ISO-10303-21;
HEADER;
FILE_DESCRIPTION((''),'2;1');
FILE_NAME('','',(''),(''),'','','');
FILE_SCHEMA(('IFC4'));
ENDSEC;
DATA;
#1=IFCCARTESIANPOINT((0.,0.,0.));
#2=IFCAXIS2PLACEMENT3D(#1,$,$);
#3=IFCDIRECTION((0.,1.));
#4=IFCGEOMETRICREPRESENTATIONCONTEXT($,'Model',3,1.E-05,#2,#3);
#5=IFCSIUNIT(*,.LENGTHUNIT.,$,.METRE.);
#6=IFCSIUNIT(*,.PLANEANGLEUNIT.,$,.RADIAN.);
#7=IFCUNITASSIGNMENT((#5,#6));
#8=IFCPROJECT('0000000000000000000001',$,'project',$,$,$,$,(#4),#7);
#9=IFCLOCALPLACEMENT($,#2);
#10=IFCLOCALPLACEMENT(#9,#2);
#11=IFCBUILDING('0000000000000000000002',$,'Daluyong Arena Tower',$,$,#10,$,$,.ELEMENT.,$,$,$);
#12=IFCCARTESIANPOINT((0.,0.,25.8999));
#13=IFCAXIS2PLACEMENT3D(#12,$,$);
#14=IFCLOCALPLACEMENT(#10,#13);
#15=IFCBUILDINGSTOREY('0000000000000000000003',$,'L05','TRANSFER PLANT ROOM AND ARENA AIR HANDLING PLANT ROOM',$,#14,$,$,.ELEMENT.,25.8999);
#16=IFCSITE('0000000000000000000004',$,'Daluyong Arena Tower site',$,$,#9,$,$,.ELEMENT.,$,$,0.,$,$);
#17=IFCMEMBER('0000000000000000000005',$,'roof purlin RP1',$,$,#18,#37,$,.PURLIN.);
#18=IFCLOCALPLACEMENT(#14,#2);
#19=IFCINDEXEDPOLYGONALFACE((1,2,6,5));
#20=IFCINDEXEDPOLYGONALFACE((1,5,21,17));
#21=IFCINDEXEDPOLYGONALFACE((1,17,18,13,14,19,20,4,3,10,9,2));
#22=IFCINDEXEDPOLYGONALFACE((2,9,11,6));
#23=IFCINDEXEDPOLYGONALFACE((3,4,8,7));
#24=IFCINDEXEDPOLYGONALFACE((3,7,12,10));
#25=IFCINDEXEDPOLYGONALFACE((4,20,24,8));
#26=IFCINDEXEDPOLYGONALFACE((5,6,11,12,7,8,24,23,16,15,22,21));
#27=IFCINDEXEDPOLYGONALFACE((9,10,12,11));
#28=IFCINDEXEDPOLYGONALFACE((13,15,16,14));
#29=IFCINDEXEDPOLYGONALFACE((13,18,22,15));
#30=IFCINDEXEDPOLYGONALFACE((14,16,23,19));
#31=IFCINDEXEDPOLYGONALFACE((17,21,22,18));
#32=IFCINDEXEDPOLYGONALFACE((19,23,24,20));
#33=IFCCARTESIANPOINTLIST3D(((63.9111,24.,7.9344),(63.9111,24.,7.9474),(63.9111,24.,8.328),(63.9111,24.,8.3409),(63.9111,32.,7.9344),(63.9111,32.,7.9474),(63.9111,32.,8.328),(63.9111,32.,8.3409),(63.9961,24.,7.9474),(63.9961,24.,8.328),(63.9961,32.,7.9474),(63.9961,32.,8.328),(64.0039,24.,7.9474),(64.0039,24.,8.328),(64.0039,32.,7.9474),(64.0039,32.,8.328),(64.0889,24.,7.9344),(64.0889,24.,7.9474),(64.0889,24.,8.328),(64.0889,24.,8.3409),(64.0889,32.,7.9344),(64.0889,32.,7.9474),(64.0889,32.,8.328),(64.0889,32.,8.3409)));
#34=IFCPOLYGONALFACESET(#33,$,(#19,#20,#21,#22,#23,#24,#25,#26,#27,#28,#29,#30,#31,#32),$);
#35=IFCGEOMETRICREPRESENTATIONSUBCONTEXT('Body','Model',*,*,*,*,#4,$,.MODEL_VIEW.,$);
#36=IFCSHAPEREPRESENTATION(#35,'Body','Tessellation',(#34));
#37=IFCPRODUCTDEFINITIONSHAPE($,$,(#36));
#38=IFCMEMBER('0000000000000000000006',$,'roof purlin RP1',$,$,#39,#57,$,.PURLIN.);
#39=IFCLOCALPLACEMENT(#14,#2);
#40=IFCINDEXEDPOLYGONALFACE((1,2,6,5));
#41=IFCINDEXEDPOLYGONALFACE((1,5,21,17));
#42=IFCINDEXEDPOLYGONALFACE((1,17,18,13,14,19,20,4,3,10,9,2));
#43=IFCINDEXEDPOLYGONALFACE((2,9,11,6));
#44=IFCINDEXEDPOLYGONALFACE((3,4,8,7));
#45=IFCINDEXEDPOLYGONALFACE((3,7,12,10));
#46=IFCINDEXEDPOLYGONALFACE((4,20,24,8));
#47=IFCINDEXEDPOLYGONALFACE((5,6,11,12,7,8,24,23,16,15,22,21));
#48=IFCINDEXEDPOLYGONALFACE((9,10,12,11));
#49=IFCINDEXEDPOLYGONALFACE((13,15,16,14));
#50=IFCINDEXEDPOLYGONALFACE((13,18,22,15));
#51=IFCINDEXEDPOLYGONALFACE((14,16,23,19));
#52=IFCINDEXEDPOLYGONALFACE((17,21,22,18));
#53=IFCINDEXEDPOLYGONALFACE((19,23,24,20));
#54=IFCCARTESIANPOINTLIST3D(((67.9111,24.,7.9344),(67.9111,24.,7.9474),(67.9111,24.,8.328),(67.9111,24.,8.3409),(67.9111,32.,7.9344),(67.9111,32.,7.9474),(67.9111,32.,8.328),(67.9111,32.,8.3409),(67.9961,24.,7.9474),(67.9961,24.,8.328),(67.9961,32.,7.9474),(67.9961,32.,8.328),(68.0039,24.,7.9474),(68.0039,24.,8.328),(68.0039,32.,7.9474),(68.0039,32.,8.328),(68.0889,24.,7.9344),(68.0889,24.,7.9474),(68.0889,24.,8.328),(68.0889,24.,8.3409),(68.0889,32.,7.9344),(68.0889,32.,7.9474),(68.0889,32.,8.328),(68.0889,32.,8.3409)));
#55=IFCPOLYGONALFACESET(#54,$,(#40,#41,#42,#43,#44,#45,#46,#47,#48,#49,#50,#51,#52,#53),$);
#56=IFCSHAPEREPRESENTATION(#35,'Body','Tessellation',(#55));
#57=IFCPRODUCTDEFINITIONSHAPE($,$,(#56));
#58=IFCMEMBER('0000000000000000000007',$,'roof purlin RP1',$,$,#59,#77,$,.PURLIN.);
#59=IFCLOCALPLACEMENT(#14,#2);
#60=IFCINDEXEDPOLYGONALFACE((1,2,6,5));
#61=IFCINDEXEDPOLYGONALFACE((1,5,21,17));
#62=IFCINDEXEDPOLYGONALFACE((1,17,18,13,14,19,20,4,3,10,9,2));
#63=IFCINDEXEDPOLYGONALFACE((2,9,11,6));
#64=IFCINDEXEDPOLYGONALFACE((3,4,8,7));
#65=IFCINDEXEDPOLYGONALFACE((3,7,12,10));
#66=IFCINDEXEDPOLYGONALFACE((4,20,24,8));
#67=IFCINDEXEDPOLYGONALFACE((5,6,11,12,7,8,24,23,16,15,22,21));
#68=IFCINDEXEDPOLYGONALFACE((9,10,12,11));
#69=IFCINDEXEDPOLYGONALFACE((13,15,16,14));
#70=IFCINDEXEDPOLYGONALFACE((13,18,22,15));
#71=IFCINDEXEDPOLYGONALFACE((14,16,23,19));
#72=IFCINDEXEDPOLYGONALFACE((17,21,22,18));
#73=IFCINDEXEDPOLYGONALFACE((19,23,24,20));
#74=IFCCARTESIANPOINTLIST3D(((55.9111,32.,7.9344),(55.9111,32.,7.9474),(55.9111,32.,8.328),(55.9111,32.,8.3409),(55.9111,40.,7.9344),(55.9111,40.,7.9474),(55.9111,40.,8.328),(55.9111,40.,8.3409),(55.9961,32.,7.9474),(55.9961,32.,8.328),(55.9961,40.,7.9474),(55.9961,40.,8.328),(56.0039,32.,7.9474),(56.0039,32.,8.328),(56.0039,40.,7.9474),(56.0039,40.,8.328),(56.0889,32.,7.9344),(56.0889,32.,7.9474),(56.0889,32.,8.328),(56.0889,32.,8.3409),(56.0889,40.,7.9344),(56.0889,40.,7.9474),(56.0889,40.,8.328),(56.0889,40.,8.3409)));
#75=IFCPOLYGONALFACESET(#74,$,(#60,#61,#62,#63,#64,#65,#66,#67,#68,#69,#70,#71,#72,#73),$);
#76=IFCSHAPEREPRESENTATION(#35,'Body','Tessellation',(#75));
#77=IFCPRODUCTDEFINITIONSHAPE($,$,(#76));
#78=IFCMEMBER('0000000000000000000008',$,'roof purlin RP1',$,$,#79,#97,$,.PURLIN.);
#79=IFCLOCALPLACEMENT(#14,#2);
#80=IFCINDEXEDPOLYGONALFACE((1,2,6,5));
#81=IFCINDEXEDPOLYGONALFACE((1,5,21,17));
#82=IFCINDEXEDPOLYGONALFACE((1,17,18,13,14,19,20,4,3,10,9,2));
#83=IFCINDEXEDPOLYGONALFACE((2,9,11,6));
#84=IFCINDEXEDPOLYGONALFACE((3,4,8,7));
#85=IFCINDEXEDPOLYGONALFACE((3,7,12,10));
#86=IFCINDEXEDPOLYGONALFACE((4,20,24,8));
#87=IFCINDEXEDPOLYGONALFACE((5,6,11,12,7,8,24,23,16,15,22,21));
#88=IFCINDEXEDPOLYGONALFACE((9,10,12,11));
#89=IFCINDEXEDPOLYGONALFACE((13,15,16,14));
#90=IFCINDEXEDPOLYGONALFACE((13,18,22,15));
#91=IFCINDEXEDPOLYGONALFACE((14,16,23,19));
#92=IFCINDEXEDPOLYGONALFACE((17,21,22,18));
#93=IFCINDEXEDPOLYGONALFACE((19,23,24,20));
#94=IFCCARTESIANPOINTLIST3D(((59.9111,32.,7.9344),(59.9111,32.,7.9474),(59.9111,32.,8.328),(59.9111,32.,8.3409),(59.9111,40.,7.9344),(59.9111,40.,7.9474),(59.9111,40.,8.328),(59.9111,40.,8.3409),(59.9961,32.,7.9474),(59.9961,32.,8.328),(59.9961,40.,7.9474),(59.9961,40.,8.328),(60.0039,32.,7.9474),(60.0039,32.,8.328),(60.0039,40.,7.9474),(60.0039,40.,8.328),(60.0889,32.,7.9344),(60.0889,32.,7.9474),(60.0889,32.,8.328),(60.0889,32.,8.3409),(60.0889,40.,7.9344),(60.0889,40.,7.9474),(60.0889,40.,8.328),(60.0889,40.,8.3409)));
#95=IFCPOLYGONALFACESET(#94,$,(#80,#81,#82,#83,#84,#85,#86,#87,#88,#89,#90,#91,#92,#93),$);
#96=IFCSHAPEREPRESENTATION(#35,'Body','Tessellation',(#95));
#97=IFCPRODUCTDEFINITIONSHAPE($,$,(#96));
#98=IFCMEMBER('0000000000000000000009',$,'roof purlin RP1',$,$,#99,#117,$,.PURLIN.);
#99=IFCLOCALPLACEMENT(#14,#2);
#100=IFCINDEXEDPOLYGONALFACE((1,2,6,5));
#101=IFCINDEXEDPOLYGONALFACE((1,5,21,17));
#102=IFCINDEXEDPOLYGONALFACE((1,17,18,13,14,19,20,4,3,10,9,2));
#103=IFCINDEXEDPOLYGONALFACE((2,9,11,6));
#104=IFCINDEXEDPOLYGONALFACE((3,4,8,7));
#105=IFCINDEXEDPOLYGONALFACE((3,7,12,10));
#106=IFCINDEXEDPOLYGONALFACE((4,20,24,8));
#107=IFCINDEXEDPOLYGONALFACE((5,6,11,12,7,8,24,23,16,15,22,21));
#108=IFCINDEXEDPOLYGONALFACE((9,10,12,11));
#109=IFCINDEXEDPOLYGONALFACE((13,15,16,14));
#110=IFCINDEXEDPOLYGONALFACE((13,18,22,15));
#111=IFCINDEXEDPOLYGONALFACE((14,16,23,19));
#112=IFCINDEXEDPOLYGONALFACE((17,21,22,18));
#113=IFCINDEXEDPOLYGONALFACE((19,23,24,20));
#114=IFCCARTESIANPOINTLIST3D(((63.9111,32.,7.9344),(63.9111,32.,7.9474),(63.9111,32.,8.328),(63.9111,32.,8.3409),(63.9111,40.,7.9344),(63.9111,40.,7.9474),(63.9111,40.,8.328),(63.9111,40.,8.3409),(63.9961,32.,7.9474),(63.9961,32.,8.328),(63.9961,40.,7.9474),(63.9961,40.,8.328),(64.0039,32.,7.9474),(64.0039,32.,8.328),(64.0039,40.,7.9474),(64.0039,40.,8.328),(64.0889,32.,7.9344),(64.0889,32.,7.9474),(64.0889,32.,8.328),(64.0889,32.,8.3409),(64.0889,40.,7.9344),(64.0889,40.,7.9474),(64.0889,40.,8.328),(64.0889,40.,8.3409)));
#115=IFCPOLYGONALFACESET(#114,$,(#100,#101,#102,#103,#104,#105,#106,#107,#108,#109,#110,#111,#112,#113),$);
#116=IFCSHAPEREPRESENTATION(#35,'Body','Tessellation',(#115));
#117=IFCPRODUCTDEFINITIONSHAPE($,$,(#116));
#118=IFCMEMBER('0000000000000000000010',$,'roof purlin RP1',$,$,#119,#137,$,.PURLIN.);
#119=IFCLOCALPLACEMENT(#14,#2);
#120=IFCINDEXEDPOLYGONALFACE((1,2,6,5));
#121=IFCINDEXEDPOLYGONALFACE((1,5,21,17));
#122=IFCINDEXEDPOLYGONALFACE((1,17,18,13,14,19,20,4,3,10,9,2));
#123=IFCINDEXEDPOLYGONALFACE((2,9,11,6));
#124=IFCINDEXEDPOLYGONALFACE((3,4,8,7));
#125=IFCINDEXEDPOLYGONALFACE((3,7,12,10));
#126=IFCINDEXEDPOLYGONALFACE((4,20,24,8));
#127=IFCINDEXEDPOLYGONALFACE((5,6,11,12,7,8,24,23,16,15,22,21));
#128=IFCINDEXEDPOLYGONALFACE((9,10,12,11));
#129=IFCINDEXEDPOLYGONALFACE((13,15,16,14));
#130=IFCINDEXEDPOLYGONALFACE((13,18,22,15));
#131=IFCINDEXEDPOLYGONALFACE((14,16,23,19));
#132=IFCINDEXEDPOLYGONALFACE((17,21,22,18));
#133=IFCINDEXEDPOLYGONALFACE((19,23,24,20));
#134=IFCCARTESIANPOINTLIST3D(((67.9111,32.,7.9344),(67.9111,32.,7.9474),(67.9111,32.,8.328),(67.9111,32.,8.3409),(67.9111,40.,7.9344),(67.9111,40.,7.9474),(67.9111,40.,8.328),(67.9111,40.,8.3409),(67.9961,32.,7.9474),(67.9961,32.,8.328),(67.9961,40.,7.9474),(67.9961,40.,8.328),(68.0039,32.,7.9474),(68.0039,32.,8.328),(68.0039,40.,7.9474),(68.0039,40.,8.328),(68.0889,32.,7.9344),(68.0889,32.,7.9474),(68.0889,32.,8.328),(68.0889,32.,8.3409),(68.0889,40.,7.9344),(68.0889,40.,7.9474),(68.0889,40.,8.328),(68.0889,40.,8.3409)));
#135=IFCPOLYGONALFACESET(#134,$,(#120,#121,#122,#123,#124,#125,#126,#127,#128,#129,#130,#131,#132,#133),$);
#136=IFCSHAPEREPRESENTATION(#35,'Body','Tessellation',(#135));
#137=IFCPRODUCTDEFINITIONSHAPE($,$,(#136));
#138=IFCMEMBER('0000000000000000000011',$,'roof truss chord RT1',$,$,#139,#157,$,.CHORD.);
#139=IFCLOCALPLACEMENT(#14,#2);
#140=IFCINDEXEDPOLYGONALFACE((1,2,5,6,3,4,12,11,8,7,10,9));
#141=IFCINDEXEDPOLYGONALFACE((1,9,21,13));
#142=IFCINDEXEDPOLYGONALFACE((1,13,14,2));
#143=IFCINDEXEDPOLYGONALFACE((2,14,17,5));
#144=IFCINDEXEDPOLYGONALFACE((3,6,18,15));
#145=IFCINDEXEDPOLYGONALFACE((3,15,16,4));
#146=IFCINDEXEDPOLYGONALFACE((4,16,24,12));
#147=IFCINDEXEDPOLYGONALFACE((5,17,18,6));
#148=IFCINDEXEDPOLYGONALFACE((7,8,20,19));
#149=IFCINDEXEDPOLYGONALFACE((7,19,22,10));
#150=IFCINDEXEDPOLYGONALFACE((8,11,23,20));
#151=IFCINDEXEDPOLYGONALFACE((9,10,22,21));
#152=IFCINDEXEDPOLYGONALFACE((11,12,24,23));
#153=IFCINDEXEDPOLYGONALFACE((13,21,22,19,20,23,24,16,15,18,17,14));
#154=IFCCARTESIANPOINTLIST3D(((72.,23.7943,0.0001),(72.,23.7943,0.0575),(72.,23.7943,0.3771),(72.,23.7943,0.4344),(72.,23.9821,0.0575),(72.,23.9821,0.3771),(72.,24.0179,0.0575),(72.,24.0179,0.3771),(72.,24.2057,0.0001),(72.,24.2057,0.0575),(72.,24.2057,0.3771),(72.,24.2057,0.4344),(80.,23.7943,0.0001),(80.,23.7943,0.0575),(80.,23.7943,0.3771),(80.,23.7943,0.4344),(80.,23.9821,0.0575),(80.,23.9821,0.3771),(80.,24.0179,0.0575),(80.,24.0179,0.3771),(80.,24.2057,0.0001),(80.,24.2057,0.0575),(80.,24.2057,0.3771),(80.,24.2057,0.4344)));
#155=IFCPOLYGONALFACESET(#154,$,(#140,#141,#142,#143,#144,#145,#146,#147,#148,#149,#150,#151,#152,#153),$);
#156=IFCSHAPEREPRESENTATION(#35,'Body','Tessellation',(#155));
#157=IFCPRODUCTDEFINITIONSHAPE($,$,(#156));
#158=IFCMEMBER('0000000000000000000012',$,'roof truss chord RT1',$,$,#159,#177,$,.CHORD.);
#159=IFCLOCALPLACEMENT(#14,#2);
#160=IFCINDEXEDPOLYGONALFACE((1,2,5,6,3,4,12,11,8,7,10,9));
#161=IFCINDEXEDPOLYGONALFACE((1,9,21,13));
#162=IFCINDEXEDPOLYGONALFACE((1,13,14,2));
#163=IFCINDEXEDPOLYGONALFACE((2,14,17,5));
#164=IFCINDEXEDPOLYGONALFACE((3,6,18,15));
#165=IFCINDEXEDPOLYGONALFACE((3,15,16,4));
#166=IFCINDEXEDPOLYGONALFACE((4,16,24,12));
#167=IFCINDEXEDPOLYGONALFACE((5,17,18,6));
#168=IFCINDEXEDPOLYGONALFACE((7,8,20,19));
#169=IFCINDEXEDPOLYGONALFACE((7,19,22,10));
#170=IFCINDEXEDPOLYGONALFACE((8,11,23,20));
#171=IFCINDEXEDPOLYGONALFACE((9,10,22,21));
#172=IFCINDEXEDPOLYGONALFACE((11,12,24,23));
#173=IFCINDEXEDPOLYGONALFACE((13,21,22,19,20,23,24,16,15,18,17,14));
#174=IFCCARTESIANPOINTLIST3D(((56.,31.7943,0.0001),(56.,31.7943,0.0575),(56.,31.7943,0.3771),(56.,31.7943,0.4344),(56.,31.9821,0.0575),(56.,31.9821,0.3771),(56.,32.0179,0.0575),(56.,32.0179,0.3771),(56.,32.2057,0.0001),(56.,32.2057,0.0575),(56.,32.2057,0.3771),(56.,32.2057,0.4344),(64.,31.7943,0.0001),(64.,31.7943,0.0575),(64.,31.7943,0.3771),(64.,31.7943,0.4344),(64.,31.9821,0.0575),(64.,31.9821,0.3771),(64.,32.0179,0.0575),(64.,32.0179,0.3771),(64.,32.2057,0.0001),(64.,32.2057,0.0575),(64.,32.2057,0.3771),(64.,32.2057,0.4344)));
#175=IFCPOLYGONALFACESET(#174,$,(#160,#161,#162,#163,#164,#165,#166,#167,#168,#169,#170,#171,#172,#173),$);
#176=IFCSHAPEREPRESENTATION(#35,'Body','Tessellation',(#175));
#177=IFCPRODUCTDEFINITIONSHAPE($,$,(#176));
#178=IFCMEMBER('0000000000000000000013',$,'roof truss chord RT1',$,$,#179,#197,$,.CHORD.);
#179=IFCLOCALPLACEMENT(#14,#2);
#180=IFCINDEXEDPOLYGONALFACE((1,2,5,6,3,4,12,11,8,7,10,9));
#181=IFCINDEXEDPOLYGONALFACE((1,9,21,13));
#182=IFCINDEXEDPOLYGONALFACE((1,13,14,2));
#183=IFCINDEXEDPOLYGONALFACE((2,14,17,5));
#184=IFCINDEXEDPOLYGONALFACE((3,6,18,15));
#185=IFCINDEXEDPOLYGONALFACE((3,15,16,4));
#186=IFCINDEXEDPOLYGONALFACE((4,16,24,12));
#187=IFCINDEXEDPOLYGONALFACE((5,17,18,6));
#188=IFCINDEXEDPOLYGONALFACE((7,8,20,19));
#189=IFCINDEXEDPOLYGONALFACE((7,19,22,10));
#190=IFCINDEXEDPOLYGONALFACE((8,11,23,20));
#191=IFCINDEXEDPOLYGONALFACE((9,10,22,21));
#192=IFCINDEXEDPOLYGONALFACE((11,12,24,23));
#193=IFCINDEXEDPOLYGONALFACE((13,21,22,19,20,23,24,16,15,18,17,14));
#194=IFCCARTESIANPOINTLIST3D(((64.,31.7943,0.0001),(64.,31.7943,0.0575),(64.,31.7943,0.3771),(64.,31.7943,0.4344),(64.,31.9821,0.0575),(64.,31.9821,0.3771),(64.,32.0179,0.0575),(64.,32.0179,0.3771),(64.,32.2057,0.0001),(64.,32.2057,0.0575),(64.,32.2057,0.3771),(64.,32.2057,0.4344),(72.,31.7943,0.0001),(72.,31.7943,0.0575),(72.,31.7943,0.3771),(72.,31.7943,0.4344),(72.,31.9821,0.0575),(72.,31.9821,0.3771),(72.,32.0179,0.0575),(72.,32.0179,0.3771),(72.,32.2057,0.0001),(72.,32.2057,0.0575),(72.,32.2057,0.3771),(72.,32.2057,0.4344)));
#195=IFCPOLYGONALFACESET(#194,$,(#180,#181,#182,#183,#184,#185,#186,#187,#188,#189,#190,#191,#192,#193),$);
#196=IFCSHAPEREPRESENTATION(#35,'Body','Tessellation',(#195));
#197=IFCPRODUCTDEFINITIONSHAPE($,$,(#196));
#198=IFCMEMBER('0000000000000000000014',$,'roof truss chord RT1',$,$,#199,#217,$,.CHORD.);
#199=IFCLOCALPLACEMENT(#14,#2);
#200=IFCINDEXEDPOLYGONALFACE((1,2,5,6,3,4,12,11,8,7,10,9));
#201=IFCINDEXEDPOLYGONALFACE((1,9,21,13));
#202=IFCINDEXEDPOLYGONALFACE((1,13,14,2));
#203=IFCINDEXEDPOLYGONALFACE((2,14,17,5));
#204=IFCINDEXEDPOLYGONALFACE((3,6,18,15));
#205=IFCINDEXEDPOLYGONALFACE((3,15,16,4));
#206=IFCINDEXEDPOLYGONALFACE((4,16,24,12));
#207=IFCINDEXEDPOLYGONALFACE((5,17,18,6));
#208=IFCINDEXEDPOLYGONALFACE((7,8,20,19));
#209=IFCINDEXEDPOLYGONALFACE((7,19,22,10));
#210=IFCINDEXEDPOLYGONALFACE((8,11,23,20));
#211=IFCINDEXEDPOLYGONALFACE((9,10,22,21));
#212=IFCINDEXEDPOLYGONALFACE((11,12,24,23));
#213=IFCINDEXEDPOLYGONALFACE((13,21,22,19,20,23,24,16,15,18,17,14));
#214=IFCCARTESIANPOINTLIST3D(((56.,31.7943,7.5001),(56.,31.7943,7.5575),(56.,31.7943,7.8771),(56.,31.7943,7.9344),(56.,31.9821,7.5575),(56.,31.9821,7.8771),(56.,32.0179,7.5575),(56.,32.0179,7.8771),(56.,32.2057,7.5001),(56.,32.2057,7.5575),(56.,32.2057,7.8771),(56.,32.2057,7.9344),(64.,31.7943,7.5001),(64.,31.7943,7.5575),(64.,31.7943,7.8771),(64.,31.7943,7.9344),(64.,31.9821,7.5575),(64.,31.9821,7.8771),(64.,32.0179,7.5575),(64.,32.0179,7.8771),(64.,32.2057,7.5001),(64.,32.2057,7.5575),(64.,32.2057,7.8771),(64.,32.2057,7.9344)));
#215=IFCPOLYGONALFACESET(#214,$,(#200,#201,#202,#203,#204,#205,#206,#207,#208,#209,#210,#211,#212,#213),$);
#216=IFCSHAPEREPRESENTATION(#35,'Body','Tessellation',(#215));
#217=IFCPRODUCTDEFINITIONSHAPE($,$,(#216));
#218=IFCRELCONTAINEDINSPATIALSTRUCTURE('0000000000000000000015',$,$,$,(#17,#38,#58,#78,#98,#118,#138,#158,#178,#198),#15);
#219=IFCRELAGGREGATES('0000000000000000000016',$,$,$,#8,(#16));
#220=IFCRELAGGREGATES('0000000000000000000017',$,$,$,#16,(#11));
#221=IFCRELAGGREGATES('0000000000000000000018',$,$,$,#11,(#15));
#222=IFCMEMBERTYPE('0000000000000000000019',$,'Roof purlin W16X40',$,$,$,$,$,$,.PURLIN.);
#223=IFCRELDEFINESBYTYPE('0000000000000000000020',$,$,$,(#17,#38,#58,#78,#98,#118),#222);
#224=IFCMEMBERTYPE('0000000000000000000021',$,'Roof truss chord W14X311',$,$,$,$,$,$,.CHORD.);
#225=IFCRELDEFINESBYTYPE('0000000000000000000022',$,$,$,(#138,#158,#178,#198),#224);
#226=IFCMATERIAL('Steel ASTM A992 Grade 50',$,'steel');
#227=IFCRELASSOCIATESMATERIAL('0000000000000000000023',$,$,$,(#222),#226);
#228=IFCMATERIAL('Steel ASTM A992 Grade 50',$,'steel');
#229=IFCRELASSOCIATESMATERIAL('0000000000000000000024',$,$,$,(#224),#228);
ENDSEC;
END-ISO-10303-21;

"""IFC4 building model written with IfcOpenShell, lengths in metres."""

from ifc_helpers import new_model, si_unit, direction, frame, origin, origin_2d, place, context, subcontext, project, spatial, i_section, extrude, material, material_profile, profile_set, type_object, element, save


model = new_model("IFC4")

# Units and contexts
model_context = context("Model", 3, precision=1e-05, world=origin(), true_north=direction((0.0, 1.0)))
body_context = subcontext(model_context, "Body", "Model", "MODEL_VIEW")
ifc_project = project(units=[si_unit("LENGTHUNIT", "METRE"), si_unit("PLANEANGLEUNIT", "RADIAN")], contexts=[model_context])

# Site, building, storey
site_placement = place(None, origin())
site = spatial("IfcSite", under=ifc_project, at=site_placement, Name="Daluyong Arena Tower site", CompositionType="ELEMENT", RefElevation=0.0)
building_placement = place(site_placement, origin())
building = spatial("IfcBuilding", under=site, at=building_placement, Name="Daluyong Arena Tower", CompositionType="ELEMENT")
storey_placement = place(building_placement, frame((0.0, 0.0, 25.8999)))
storey = spatial("IfcBuildingStorey", under=building, at=storey_placement, Name="L05", Description="TRANSFER PLANT ROOM AND ARENA AIR HANDLING PLANT ROOM", CompositionType="ELEMENT", Elevation=25.8999)

# Members
ifc_material_1 = material(Name="Steel ASTM A992 Grade 50", Category="steel")
ifc_material_profile_1 = material_profile(ifc_material_1, i_section(OverallWidth=0.1777, OverallDepth=0.4065, WebThickness=0.0078, FlangeThickness=0.0129, at=origin_2d()))
ifc_profile_set_1 = profile_set([ifc_material_profile_1], Name="Steel ASTM A992 Grade 50")
member_type_1 = type_object("IfcMemberType", Name="Roof purlin W16X40", PredefinedType="PURLIN", material=ifc_profile_set_1)
for number, where, z_axis, x_axis, name in (
    (1, (64.0, 24.0, 8.1377), (0.0, 1.0, 0.0), (-1.0, 0.0, 0.0), "roof purlin RP1"),
    (2, (68.0, 24.0, 8.1377), (0.0, 1.0, 0.0), (-1.0, 0.0, 0.0), "roof purlin RP1"),
    (3, (56.0, 32.0, 8.1377), (0.0, 1.0, 0.0), (-1.0, 0.0, 0.0), "roof purlin RP1"),
    (4, (60.0, 32.0, 8.1377), (0.0, 1.0, 0.0), (-1.0, 0.0, 0.0), "roof purlin RP1"),
    (5, (64.0, 32.0, 8.1377), (0.0, 1.0, 0.0), (-1.0, 0.0, 0.0), "roof purlin RP1"),
    (6, (68.0, 32.0, 8.1377), (0.0, 1.0, 0.0), (-1.0, 0.0, 0.0), "roof purlin RP1"),
):
    element("IfcMember", number, at=place(storey_placement, frame(where, z_axis=z_axis, x_axis=x_axis)), inside=storey, type_object=member_type_1, Name=name, PredefinedType="PURLIN", context=body_context, shape_type="SweptSolid", body=[
        extrude(i_section(OverallWidth=0.1777, OverallDepth=0.4065, WebThickness=0.0078, FlangeThickness=0.0129, at=origin_2d()), origin(), (0.0, 0.0, 1.0), 8.0),
    ])
ifc_material_2 = material(Name="Steel ASTM A992 Grade 50", Category="steel")
ifc_material_profile_2 = material_profile(ifc_material_2, i_section(OverallWidth=0.4114, OverallDepth=0.4343, WebThickness=0.0359, FlangeThickness=0.0574, at=origin_2d()))
ifc_profile_set_2 = profile_set([ifc_material_profile_2], Name="Steel ASTM A992 Grade 50")
member_type_2 = type_object("IfcMemberType", Name="Roof truss chord W14X311", PredefinedType="CHORD", material=ifc_profile_set_2)
for number, where, z_axis, x_axis, name in (
    (7, (72.0, 24.0, 0.2173), (1.0, 0.0, 0.0), (0.0, 1.0, 0.0), "roof truss chord RT1"),
    (8, (56.0, 32.0, 0.2173), (1.0, 0.0, 0.0), (0.0, 1.0, 0.0), "roof truss chord RT1"),
    (9, (64.0, 32.0, 0.2173), (1.0, 0.0, 0.0), (0.0, 1.0, 0.0), "roof truss chord RT1"),
    (10, (56.0, 32.0, 7.7173), (1.0, 0.0, 0.0), (0.0, 1.0, 0.0), "roof truss chord RT1"),
):
    element("IfcMember", number, at=place(storey_placement, frame(where, z_axis=z_axis, x_axis=x_axis)), inside=storey, type_object=member_type_2, Name=name, PredefinedType="CHORD", context=body_context, shape_type="SweptSolid", body=[
        extrude(i_section(OverallWidth=0.4114, OverallDepth=0.4343, WebThickness=0.0359, FlangeThickness=0.0574, at=origin_2d()), origin(), (0.0, 0.0, 1.0), 8.0),
    ])

save(model, "model.ifc")
